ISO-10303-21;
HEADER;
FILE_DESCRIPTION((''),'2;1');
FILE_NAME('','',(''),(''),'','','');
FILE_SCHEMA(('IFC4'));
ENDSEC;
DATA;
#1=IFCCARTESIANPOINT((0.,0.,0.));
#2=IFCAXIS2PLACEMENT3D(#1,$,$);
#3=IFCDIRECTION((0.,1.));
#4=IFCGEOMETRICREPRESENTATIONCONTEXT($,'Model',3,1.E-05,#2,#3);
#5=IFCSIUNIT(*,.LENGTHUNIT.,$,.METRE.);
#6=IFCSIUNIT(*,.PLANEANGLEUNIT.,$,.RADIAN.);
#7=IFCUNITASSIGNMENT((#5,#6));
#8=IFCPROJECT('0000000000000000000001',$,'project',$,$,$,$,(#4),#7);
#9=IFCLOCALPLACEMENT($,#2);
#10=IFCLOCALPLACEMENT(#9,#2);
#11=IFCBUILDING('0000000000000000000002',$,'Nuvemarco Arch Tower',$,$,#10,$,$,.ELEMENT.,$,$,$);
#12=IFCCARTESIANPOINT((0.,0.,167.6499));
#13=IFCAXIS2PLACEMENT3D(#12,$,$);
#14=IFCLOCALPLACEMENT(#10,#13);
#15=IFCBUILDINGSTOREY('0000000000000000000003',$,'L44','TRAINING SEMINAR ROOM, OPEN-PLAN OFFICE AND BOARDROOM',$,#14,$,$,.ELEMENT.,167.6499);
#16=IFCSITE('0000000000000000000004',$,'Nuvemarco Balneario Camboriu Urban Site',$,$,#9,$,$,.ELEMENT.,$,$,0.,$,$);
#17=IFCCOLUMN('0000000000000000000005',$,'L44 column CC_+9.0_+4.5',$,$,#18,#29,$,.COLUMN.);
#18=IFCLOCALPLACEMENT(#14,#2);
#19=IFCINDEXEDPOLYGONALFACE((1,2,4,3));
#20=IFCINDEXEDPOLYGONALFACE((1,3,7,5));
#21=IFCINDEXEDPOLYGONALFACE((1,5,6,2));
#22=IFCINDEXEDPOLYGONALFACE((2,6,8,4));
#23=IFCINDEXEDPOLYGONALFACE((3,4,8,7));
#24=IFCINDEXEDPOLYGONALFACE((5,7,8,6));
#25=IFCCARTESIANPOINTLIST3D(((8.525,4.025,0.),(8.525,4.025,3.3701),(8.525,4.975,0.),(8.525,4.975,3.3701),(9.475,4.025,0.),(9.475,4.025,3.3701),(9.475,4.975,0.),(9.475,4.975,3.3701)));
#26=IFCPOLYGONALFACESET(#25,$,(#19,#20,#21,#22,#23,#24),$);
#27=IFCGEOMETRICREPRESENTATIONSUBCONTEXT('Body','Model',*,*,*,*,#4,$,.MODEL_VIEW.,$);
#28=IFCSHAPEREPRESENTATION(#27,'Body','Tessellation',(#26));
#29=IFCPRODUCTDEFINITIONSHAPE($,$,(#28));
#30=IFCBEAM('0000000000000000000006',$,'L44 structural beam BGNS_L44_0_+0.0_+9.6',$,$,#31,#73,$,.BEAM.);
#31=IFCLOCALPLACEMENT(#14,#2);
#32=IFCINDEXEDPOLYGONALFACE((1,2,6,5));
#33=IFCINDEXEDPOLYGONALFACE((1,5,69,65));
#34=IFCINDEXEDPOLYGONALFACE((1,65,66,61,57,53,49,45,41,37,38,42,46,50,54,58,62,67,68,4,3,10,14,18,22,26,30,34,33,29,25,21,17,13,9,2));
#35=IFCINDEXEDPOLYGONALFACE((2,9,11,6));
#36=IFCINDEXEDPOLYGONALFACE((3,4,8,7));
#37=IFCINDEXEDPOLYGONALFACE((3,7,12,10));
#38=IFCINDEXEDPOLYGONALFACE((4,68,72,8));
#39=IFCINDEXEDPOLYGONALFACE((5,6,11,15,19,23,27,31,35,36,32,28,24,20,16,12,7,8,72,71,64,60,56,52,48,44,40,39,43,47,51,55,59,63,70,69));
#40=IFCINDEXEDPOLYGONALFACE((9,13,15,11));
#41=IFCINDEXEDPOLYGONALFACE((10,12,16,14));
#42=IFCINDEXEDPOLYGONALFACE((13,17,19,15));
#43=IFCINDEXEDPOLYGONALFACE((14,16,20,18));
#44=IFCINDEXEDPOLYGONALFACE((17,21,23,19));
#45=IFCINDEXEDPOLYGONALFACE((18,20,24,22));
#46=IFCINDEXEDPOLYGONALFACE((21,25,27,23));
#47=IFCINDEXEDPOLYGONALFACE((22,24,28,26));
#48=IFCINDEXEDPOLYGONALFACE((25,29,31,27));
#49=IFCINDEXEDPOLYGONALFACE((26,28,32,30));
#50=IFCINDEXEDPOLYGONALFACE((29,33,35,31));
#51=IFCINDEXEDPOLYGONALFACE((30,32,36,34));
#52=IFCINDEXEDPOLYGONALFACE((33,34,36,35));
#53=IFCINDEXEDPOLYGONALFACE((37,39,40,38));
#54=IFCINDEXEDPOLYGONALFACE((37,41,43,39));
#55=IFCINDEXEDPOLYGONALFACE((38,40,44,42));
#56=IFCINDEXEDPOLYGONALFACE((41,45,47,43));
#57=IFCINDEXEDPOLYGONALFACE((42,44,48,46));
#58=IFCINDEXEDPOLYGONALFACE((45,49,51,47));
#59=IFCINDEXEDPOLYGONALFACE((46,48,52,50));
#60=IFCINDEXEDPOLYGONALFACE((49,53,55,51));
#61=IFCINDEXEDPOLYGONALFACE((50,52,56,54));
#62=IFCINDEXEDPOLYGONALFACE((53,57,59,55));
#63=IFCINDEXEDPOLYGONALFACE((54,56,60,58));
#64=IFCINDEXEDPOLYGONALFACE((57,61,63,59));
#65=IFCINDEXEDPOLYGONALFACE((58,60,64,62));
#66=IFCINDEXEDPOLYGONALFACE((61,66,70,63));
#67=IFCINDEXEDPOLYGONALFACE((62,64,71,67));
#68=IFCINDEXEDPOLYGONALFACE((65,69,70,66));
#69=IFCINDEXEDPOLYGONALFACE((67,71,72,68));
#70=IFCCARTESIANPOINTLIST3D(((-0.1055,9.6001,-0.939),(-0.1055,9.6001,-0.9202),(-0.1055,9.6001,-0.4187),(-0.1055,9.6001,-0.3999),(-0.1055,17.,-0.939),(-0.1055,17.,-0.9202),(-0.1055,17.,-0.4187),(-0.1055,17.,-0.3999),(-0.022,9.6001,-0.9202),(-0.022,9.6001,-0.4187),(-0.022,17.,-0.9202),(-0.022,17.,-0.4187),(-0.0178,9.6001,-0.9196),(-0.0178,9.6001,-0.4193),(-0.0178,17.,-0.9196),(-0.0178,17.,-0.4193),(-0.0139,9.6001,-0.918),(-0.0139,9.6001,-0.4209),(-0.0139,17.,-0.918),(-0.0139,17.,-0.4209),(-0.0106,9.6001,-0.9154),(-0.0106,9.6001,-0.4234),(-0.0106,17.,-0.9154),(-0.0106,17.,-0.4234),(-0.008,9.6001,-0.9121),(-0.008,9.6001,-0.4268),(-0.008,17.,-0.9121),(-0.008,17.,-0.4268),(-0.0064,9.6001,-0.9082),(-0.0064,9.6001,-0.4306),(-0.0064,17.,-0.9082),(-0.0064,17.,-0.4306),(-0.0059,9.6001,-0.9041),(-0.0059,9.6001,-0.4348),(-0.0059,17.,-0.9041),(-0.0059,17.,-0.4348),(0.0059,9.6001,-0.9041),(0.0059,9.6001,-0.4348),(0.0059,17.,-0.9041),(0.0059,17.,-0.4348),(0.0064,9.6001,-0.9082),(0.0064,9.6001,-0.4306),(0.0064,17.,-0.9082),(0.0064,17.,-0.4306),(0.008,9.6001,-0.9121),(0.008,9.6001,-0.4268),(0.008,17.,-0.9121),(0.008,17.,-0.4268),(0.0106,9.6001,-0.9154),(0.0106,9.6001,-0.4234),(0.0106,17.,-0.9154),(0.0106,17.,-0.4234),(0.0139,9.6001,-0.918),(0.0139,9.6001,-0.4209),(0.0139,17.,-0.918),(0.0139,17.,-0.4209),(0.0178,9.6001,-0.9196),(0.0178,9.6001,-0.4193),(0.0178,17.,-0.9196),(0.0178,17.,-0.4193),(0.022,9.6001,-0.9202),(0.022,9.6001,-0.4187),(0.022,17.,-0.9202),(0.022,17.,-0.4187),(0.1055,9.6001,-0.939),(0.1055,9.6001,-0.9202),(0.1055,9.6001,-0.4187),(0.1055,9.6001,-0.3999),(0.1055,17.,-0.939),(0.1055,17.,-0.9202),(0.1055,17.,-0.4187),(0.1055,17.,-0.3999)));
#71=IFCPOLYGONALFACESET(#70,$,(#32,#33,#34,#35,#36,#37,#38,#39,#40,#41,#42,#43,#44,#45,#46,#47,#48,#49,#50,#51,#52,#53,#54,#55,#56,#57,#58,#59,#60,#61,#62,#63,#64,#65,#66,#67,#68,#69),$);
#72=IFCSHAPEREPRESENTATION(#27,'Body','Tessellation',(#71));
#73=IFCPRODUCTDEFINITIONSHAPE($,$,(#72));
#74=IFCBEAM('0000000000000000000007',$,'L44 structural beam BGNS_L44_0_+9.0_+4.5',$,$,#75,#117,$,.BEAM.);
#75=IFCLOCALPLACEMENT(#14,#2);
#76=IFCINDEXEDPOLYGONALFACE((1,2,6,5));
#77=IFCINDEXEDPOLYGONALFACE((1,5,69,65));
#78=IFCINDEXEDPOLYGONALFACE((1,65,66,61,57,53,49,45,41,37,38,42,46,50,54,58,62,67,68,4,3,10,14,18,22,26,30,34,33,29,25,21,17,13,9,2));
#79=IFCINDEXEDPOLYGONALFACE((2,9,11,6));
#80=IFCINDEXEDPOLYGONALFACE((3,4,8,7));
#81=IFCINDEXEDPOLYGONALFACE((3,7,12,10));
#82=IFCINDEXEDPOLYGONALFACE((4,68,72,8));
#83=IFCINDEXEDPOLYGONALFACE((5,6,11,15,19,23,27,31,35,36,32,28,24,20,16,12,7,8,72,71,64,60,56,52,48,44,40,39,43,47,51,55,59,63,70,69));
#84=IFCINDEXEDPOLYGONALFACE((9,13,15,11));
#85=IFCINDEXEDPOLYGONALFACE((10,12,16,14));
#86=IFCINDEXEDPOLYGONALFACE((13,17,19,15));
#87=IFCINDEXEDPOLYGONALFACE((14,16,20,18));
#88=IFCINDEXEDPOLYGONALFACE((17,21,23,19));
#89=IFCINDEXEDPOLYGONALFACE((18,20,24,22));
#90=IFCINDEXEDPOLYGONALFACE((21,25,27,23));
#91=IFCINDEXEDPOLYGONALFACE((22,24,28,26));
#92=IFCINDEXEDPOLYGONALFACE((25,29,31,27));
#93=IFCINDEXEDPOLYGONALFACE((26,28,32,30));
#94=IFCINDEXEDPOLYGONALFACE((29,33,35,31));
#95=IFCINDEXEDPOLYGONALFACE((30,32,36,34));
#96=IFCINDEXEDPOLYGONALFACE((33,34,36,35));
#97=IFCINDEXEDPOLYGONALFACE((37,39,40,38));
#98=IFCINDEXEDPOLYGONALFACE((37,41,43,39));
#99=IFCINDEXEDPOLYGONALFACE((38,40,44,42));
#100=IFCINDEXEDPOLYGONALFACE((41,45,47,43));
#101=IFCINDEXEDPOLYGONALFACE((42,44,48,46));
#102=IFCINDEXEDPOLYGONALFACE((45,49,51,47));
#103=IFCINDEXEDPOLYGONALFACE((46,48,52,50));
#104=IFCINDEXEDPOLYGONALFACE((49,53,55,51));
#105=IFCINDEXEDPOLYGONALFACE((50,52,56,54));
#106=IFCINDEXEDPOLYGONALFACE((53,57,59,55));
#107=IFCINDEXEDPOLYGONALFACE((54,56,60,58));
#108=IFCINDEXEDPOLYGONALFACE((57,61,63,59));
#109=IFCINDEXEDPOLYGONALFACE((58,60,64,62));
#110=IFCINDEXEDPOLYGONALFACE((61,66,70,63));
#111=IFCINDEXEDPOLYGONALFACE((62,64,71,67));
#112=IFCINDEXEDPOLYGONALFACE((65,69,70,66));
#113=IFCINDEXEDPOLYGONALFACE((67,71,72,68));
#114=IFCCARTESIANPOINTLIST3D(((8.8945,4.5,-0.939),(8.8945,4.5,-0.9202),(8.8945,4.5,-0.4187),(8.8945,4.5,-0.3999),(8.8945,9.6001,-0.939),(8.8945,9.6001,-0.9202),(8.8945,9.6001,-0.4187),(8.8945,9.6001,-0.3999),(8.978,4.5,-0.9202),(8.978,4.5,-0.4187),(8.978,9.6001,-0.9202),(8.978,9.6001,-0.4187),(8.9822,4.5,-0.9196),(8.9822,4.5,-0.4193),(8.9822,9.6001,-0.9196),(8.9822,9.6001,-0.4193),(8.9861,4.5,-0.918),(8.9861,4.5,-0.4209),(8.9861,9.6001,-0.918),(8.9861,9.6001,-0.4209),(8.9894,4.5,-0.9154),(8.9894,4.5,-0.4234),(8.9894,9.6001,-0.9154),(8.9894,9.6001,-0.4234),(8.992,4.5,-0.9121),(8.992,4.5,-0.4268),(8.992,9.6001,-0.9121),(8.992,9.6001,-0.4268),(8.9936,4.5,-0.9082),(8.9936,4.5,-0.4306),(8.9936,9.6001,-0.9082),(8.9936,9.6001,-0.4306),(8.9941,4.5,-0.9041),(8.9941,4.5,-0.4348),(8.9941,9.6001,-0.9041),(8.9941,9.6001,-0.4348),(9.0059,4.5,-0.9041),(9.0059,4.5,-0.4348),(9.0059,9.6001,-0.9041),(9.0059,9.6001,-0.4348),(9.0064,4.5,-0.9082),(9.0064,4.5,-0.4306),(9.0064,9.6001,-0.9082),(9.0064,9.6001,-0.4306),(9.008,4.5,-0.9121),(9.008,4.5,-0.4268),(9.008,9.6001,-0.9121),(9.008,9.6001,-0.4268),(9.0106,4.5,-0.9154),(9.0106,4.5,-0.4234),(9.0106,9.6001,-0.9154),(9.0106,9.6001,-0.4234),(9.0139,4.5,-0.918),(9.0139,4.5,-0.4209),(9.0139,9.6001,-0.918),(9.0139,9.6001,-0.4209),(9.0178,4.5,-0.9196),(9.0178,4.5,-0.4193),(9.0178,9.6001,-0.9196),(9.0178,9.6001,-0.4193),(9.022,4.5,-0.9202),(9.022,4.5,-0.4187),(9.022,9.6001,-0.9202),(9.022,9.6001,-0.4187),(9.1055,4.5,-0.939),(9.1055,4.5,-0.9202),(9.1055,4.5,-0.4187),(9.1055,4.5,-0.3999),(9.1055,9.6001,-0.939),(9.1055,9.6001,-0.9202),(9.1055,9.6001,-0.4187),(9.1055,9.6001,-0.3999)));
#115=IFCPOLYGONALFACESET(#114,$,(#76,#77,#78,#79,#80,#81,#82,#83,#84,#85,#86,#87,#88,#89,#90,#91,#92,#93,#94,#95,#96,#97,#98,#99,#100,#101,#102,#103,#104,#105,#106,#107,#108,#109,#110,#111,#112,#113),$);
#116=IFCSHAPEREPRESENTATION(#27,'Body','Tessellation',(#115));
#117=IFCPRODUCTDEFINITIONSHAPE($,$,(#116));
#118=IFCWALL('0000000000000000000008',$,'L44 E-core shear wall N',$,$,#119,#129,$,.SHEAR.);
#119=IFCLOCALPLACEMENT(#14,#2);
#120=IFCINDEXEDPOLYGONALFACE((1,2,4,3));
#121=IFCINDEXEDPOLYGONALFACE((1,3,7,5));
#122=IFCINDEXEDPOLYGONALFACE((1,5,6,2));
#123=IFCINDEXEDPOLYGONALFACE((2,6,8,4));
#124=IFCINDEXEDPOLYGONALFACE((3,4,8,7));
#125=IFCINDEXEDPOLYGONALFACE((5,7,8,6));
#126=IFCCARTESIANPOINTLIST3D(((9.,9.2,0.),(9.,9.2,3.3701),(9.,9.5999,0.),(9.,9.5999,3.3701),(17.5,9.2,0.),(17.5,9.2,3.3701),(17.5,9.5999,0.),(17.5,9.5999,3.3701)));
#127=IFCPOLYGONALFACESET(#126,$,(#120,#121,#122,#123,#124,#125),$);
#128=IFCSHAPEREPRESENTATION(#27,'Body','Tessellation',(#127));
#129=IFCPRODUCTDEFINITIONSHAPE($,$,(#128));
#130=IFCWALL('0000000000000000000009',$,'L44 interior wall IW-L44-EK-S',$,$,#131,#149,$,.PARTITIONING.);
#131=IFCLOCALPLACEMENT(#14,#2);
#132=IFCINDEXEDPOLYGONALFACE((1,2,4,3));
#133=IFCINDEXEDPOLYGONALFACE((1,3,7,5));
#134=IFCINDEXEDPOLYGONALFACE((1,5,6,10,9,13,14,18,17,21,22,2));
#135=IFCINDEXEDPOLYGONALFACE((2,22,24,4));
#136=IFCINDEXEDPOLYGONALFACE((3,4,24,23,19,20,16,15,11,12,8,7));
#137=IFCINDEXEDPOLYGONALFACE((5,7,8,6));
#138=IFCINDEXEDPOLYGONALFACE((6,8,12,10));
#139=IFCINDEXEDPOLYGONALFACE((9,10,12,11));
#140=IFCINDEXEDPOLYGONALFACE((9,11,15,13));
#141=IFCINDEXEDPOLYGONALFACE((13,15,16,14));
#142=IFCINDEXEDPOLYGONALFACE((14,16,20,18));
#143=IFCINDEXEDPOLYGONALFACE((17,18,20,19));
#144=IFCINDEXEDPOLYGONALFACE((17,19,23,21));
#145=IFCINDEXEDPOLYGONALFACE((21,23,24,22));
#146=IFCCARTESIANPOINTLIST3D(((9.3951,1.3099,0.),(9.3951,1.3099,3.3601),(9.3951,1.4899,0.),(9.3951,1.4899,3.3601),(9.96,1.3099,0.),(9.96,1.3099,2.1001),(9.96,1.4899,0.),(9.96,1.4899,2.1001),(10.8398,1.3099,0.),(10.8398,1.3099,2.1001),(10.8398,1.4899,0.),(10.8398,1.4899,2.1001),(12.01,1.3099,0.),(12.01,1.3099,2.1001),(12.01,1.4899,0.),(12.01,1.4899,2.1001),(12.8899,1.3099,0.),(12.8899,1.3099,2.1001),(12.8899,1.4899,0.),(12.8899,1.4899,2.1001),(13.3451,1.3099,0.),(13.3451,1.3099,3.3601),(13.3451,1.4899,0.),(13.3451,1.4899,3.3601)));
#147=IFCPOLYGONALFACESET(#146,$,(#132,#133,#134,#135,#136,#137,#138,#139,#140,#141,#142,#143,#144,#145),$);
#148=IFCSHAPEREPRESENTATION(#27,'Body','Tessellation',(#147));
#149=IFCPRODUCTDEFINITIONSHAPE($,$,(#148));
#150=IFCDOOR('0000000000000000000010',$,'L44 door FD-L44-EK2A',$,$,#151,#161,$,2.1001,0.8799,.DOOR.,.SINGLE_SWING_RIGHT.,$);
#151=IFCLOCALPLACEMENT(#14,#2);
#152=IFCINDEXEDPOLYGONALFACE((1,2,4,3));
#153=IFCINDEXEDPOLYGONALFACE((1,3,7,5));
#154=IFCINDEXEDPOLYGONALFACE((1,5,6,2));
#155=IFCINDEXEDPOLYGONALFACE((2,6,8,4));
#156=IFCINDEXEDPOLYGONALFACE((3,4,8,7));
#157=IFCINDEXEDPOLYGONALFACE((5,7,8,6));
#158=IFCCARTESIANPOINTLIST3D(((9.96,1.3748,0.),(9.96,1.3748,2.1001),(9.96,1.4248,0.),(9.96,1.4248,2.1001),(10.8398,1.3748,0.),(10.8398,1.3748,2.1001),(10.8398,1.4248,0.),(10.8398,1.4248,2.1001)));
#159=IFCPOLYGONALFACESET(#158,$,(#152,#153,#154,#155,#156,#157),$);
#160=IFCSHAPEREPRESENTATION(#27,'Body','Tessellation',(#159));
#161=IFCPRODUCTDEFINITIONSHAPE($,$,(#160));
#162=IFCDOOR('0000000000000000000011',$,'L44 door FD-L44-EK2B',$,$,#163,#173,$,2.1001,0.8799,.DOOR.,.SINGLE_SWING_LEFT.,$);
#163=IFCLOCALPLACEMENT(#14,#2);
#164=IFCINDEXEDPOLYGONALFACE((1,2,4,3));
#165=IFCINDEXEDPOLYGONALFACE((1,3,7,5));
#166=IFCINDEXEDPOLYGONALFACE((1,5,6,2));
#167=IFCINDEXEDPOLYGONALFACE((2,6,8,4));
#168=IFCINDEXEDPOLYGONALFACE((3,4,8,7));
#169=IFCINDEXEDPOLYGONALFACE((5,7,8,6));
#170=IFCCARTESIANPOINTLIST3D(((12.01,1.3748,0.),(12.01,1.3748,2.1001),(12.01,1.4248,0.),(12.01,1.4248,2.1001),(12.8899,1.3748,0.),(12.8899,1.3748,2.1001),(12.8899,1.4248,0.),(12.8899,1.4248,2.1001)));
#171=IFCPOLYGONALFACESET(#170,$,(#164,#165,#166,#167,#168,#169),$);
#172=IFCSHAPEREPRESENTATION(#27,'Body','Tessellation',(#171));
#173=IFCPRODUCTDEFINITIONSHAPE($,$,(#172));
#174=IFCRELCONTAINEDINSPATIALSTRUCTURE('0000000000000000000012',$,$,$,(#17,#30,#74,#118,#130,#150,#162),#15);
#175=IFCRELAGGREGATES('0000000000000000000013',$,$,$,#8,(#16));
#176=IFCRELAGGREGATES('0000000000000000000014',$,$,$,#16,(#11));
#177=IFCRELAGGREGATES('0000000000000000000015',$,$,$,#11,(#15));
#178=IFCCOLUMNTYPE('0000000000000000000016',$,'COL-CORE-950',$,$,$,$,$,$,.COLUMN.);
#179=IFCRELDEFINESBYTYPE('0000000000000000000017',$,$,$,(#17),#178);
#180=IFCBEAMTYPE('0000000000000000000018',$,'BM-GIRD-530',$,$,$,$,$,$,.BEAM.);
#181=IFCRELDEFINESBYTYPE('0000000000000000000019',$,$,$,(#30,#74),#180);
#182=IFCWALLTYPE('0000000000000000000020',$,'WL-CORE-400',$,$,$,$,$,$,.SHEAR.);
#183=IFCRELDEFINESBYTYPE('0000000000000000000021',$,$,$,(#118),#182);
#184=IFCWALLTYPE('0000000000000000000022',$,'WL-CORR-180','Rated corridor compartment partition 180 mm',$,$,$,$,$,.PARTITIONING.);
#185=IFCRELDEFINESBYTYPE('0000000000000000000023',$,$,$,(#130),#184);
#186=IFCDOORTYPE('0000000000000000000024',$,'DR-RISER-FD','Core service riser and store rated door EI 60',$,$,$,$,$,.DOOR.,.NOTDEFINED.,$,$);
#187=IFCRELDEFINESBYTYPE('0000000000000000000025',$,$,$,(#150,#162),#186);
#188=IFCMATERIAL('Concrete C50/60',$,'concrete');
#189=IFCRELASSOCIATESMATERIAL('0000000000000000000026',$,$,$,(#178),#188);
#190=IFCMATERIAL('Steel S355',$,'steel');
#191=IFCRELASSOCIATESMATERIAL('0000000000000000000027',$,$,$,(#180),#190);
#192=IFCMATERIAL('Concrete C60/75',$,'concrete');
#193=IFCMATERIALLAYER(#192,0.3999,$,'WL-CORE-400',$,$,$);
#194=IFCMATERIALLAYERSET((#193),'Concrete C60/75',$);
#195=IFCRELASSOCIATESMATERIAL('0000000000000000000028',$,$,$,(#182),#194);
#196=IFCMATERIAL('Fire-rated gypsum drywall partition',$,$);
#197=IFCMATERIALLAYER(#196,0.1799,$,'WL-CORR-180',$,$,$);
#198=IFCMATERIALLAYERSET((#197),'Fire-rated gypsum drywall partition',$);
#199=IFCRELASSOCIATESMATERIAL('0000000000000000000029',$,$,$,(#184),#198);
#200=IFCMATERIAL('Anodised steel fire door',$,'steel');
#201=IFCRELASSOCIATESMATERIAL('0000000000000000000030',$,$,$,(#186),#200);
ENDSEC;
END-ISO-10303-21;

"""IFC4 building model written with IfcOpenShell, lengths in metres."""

from ifc_helpers import new_model, si_unit, direction, frame, frame_2d, origin, origin_2d, place, context, subcontext, project, spatial, rectangle, i_section, extrude, source, transform, mapped, material, layer, layer_set, material_profile, profile_set, type_object, type_shapes, element, fill, save


model = new_model("IFC4")

# Units and contexts
model_context = context("Model", 3, precision=1e-05, world=origin(), true_north=direction((0.0, 1.0)))
body_context = subcontext(model_context, "Body", "Model", "MODEL_VIEW")
ifc_project = project(units=[si_unit("LENGTHUNIT", "METRE"), si_unit("PLANEANGLEUNIT", "RADIAN")], contexts=[model_context])

# Site, building, storey
site_placement = place(None, origin())
site = spatial("IfcSite", under=ifc_project, at=site_placement, Name="Nuvemarco Balneario Camboriu Urban Site", CompositionType="ELEMENT", RefElevation=0.0)
building_placement = place(site_placement, origin())
building = spatial("IfcBuilding", under=site, at=building_placement, Name="Nuvemarco Arch Tower", CompositionType="ELEMENT")
storey_placement = place(building_placement, frame((0.0, 0.0, 167.6499)))
storey = spatial("IfcBuildingStorey", under=building, at=storey_placement, Name="L44", Description="TRAINING SEMINAR ROOM, OPEN-PLAN OFFICE AND BOARDROOM", CompositionType="ELEMENT", Elevation=167.6499)

# Column
ifc_material_1 = material(Name="Concrete C50/60", Category="concrete")
ifc_material_profile_1 = material_profile(ifc_material_1, rectangle(XDim=0.95, YDim=0.95, at=origin_2d()), Name="RC-COL-950x950")
ifc_profile_set_1 = profile_set([ifc_material_profile_1], Name="Concrete C50/60")
column_type = type_object("IfcColumnType", Name="COL-CORE-950", PredefinedType="COLUMN", material=ifc_profile_set_1)
column_placement = place(storey_placement, frame((9.0, 4.5, 0.0), z_axis=(0.0, 0.0, 1.0), x_axis=(1.0, 0.0, 0.0)))
element("IfcColumn", 1, at=column_placement, inside=storey, type_object=column_type, Name="L44 column CC_+9.0_+4.5", PredefinedType="COLUMN", context=body_context, shape_type="SweptSolid", body=[
    extrude(rectangle(XDim=0.95, YDim=0.95, at=origin_2d()), origin(), (0.0, 0.0, 1.0), 3.3701),
])

# Beams
ifc_material_2 = material(Name="Steel S355", Category="steel")
ifc_material_profile_2 = material_profile(ifc_material_2, i_section(OverallWidth=0.2109, OverallDepth=0.5391, WebThickness=0.0117, FlangeThickness=0.0188, FilletRadius=0.0161, at=origin_2d()), Name="W530x109")
ifc_profile_set_2 = profile_set([ifc_material_profile_2], Name="Steel S355")
beam_type = type_object("IfcBeamType", Name="BM-GIRD-530", PredefinedType="BEAM", material=ifc_profile_set_2)
beam_1_placement = place(storey_placement, frame((0.0, 9.6001, -0.6694), z_axis=(0.0, 1.0, 0.0), x_axis=(-1.0, 0.0, 0.0)))
element("IfcBeam", 2, at=beam_1_placement, inside=storey, type_object=beam_type, Name="L44 structural beam BGNS_L44_0_+0.0_+9.6", PredefinedType="BEAM", context=body_context, shape_type="SweptSolid", body=[
    extrude(i_section(OverallWidth=0.2109, OverallDepth=0.5391, WebThickness=0.0117, FlangeThickness=0.0188, FilletRadius=0.0161, at=origin_2d()), origin(), (0.0, 0.0, 1.0), 7.3999),
])
beam_2_placement = place(storey_placement, frame((9.0, 4.5, -0.6694), z_axis=(0.0, 1.0, 0.0), x_axis=(-1.0, 0.0, 0.0)))
element("IfcBeam", 3, at=beam_2_placement, inside=storey, type_object=beam_type, Name="L44 structural beam BGNS_L44_0_+9.0_+4.5", PredefinedType="BEAM", context=body_context, shape_type="SweptSolid", body=[
    extrude(i_section(OverallWidth=0.2109, OverallDepth=0.5391, WebThickness=0.0117, FlangeThickness=0.0188, FilletRadius=0.0161, at=origin_2d()), origin(), (0.0, 0.0, 1.0), 5.1001),
])

# Wall
ifc_material_3 = material(Name="Concrete C60/75", Category="concrete")
ifc_layer_1 = layer(ifc_material_3, 0.3999, Name="WL-CORE-400")
ifc_layer_set_1 = layer_set([ifc_layer_1], Name="Concrete C60/75")
wall_type_1 = type_object("IfcWallType", Name="WL-CORE-400", PredefinedType="SHEAR", material=ifc_layer_set_1)
wall_1_placement = place(storey_placement, frame((9.0, 9.3999, 0.0), z_axis=(0.0, 0.0, 1.0), x_axis=(1.0, 0.0, 0.0)))
element("IfcWall", 4, at=wall_1_placement, inside=storey, type_object=wall_type_1, Name="L44 E-core shear wall N", PredefinedType="SHEAR", context=body_context, shape_type="SweptSolid", body=[
    extrude(rectangle(XDim=8.5, YDim=0.3999, at=frame_2d((4.25, 0.0))), origin(), (0.0, 0.0, 1.0), 3.3701),
])

# Wall, openings, doors
ifc_material_4 = material(Name="Fire-rated gypsum drywall partition")
ifc_layer_2 = layer(ifc_material_4, 0.1799, Name="WL-CORR-180")
ifc_layer_set_2 = layer_set([ifc_layer_2], Name="Fire-rated gypsum drywall partition")
wall_type_2 = type_object("IfcWallType", Name="WL-CORR-180", Description="Rated corridor compartment partition 180 mm", PredefinedType="PARTITIONING", material=ifc_layer_set_2)
wall_2_placement = place(storey_placement, frame((9.395, 1.3999, 0.0), z_axis=(0.0, 0.0, 1.0), x_axis=(1.0, 0.0, 0.0)))
wall_2 = element("IfcWall", 5, at=wall_2_placement, inside=storey, type_object=wall_type_2, Name="L44 interior wall IW-L44-EK-S", PredefinedType="PARTITIONING", context=body_context, shape_type="SweptSolid", body=[
    extrude(rectangle(XDim=3.95, YDim=0.1799, at=frame_2d((1.9751, 0.0))), origin(), (0.0, 0.0, 1.0), 3.3601),
])
opening_1_placement = place(wall_2_placement, frame((0.5649, 0.0, 0.0)))
opening_1 = element("IfcOpeningElement", 6, at=opening_1_placement, cuts=wall_2, PredefinedType="OPENING", context=body_context, shape_type="SweptSolid", body=[
    extrude(rectangle(XDim=0.8799, YDim=2.1001, at=frame_2d((0.4399, 1.05))), frame((0.0, 0.0999, 0.0), z_axis=(0.0, -1.0, 0.0), x_axis=(1.0, 0.0, 0.0)), (0.0, 0.0, 1.0), 0.2),
])
opening_2_placement = place(wall_2_placement, frame((2.615, 0.0, 0.0)))
opening_2 = element("IfcOpeningElement", 7, at=opening_2_placement, cuts=wall_2, PredefinedType="OPENING", context=body_context, shape_type="SweptSolid", body=[
    extrude(rectangle(XDim=0.8799, YDim=2.1001, at=frame_2d((0.4399, 1.05))), frame((0.0, 0.0999, 0.0), z_axis=(0.0, -1.0, 0.0), x_axis=(1.0, 0.0, 0.0)), (0.0, 0.0, 1.0), 0.2),
])
ifc_material_5 = material(Name="Anodised steel fire door", Category="steel")
door_type_1 = type_object("IfcDoorType", Name="DR-RISER-FD", Description="Core service riser and store rated door EI 60", OperationType="NOTDEFINED", PredefinedType="DOOR", material=ifc_material_5)
shared_shape_1 = source(origin(), body_context, "Body", "SweptSolid", [
    extrude(rectangle(XDim=0.8799, YDim=2.1001, at=frame_2d((0.4399, 1.05))), frame((0.0, 0.0249, 0.0), z_axis=(0.0, -1.0, 0.0), x_axis=(1.0, 0.0, 0.0)), (0.0, 0.0, 1.0), 0.05),
])
type_shapes(door_type_1, [shared_shape_1])
door_1_placement = place(opening_1_placement, origin())
door_1 = element("IfcDoor", 8, at=door_1_placement, inside=storey, type_object=door_type_1, Name="L44 door FD-L44-EK2A", OperationType="SINGLE_SWING_RIGHT", OverallHeight=2.1001, OverallWidth=0.8799, PredefinedType="DOOR", context=body_context, shape_type="MappedRepresentation", body=[
    mapped(shared_shape_1, transform((0.0, 0.0, 0.0), scale=1.0)),
])
fill(opening_1, door_1)
door_2_placement = place(opening_2_placement, origin())
door_2 = element("IfcDoor", 9, at=door_2_placement, inside=storey, type_object=door_type_1, Name="L44 door FD-L44-EK2B", OperationType="SINGLE_SWING_LEFT", OverallHeight=2.1001, OverallWidth=0.8799, PredefinedType="DOOR", context=body_context, shape_type="MappedRepresentation", body=[
    mapped(shared_shape_1, transform((0.0, 0.0, 0.0), scale=1.0)),
])
fill(opening_2, door_2)

save(model, "model.ifc")
